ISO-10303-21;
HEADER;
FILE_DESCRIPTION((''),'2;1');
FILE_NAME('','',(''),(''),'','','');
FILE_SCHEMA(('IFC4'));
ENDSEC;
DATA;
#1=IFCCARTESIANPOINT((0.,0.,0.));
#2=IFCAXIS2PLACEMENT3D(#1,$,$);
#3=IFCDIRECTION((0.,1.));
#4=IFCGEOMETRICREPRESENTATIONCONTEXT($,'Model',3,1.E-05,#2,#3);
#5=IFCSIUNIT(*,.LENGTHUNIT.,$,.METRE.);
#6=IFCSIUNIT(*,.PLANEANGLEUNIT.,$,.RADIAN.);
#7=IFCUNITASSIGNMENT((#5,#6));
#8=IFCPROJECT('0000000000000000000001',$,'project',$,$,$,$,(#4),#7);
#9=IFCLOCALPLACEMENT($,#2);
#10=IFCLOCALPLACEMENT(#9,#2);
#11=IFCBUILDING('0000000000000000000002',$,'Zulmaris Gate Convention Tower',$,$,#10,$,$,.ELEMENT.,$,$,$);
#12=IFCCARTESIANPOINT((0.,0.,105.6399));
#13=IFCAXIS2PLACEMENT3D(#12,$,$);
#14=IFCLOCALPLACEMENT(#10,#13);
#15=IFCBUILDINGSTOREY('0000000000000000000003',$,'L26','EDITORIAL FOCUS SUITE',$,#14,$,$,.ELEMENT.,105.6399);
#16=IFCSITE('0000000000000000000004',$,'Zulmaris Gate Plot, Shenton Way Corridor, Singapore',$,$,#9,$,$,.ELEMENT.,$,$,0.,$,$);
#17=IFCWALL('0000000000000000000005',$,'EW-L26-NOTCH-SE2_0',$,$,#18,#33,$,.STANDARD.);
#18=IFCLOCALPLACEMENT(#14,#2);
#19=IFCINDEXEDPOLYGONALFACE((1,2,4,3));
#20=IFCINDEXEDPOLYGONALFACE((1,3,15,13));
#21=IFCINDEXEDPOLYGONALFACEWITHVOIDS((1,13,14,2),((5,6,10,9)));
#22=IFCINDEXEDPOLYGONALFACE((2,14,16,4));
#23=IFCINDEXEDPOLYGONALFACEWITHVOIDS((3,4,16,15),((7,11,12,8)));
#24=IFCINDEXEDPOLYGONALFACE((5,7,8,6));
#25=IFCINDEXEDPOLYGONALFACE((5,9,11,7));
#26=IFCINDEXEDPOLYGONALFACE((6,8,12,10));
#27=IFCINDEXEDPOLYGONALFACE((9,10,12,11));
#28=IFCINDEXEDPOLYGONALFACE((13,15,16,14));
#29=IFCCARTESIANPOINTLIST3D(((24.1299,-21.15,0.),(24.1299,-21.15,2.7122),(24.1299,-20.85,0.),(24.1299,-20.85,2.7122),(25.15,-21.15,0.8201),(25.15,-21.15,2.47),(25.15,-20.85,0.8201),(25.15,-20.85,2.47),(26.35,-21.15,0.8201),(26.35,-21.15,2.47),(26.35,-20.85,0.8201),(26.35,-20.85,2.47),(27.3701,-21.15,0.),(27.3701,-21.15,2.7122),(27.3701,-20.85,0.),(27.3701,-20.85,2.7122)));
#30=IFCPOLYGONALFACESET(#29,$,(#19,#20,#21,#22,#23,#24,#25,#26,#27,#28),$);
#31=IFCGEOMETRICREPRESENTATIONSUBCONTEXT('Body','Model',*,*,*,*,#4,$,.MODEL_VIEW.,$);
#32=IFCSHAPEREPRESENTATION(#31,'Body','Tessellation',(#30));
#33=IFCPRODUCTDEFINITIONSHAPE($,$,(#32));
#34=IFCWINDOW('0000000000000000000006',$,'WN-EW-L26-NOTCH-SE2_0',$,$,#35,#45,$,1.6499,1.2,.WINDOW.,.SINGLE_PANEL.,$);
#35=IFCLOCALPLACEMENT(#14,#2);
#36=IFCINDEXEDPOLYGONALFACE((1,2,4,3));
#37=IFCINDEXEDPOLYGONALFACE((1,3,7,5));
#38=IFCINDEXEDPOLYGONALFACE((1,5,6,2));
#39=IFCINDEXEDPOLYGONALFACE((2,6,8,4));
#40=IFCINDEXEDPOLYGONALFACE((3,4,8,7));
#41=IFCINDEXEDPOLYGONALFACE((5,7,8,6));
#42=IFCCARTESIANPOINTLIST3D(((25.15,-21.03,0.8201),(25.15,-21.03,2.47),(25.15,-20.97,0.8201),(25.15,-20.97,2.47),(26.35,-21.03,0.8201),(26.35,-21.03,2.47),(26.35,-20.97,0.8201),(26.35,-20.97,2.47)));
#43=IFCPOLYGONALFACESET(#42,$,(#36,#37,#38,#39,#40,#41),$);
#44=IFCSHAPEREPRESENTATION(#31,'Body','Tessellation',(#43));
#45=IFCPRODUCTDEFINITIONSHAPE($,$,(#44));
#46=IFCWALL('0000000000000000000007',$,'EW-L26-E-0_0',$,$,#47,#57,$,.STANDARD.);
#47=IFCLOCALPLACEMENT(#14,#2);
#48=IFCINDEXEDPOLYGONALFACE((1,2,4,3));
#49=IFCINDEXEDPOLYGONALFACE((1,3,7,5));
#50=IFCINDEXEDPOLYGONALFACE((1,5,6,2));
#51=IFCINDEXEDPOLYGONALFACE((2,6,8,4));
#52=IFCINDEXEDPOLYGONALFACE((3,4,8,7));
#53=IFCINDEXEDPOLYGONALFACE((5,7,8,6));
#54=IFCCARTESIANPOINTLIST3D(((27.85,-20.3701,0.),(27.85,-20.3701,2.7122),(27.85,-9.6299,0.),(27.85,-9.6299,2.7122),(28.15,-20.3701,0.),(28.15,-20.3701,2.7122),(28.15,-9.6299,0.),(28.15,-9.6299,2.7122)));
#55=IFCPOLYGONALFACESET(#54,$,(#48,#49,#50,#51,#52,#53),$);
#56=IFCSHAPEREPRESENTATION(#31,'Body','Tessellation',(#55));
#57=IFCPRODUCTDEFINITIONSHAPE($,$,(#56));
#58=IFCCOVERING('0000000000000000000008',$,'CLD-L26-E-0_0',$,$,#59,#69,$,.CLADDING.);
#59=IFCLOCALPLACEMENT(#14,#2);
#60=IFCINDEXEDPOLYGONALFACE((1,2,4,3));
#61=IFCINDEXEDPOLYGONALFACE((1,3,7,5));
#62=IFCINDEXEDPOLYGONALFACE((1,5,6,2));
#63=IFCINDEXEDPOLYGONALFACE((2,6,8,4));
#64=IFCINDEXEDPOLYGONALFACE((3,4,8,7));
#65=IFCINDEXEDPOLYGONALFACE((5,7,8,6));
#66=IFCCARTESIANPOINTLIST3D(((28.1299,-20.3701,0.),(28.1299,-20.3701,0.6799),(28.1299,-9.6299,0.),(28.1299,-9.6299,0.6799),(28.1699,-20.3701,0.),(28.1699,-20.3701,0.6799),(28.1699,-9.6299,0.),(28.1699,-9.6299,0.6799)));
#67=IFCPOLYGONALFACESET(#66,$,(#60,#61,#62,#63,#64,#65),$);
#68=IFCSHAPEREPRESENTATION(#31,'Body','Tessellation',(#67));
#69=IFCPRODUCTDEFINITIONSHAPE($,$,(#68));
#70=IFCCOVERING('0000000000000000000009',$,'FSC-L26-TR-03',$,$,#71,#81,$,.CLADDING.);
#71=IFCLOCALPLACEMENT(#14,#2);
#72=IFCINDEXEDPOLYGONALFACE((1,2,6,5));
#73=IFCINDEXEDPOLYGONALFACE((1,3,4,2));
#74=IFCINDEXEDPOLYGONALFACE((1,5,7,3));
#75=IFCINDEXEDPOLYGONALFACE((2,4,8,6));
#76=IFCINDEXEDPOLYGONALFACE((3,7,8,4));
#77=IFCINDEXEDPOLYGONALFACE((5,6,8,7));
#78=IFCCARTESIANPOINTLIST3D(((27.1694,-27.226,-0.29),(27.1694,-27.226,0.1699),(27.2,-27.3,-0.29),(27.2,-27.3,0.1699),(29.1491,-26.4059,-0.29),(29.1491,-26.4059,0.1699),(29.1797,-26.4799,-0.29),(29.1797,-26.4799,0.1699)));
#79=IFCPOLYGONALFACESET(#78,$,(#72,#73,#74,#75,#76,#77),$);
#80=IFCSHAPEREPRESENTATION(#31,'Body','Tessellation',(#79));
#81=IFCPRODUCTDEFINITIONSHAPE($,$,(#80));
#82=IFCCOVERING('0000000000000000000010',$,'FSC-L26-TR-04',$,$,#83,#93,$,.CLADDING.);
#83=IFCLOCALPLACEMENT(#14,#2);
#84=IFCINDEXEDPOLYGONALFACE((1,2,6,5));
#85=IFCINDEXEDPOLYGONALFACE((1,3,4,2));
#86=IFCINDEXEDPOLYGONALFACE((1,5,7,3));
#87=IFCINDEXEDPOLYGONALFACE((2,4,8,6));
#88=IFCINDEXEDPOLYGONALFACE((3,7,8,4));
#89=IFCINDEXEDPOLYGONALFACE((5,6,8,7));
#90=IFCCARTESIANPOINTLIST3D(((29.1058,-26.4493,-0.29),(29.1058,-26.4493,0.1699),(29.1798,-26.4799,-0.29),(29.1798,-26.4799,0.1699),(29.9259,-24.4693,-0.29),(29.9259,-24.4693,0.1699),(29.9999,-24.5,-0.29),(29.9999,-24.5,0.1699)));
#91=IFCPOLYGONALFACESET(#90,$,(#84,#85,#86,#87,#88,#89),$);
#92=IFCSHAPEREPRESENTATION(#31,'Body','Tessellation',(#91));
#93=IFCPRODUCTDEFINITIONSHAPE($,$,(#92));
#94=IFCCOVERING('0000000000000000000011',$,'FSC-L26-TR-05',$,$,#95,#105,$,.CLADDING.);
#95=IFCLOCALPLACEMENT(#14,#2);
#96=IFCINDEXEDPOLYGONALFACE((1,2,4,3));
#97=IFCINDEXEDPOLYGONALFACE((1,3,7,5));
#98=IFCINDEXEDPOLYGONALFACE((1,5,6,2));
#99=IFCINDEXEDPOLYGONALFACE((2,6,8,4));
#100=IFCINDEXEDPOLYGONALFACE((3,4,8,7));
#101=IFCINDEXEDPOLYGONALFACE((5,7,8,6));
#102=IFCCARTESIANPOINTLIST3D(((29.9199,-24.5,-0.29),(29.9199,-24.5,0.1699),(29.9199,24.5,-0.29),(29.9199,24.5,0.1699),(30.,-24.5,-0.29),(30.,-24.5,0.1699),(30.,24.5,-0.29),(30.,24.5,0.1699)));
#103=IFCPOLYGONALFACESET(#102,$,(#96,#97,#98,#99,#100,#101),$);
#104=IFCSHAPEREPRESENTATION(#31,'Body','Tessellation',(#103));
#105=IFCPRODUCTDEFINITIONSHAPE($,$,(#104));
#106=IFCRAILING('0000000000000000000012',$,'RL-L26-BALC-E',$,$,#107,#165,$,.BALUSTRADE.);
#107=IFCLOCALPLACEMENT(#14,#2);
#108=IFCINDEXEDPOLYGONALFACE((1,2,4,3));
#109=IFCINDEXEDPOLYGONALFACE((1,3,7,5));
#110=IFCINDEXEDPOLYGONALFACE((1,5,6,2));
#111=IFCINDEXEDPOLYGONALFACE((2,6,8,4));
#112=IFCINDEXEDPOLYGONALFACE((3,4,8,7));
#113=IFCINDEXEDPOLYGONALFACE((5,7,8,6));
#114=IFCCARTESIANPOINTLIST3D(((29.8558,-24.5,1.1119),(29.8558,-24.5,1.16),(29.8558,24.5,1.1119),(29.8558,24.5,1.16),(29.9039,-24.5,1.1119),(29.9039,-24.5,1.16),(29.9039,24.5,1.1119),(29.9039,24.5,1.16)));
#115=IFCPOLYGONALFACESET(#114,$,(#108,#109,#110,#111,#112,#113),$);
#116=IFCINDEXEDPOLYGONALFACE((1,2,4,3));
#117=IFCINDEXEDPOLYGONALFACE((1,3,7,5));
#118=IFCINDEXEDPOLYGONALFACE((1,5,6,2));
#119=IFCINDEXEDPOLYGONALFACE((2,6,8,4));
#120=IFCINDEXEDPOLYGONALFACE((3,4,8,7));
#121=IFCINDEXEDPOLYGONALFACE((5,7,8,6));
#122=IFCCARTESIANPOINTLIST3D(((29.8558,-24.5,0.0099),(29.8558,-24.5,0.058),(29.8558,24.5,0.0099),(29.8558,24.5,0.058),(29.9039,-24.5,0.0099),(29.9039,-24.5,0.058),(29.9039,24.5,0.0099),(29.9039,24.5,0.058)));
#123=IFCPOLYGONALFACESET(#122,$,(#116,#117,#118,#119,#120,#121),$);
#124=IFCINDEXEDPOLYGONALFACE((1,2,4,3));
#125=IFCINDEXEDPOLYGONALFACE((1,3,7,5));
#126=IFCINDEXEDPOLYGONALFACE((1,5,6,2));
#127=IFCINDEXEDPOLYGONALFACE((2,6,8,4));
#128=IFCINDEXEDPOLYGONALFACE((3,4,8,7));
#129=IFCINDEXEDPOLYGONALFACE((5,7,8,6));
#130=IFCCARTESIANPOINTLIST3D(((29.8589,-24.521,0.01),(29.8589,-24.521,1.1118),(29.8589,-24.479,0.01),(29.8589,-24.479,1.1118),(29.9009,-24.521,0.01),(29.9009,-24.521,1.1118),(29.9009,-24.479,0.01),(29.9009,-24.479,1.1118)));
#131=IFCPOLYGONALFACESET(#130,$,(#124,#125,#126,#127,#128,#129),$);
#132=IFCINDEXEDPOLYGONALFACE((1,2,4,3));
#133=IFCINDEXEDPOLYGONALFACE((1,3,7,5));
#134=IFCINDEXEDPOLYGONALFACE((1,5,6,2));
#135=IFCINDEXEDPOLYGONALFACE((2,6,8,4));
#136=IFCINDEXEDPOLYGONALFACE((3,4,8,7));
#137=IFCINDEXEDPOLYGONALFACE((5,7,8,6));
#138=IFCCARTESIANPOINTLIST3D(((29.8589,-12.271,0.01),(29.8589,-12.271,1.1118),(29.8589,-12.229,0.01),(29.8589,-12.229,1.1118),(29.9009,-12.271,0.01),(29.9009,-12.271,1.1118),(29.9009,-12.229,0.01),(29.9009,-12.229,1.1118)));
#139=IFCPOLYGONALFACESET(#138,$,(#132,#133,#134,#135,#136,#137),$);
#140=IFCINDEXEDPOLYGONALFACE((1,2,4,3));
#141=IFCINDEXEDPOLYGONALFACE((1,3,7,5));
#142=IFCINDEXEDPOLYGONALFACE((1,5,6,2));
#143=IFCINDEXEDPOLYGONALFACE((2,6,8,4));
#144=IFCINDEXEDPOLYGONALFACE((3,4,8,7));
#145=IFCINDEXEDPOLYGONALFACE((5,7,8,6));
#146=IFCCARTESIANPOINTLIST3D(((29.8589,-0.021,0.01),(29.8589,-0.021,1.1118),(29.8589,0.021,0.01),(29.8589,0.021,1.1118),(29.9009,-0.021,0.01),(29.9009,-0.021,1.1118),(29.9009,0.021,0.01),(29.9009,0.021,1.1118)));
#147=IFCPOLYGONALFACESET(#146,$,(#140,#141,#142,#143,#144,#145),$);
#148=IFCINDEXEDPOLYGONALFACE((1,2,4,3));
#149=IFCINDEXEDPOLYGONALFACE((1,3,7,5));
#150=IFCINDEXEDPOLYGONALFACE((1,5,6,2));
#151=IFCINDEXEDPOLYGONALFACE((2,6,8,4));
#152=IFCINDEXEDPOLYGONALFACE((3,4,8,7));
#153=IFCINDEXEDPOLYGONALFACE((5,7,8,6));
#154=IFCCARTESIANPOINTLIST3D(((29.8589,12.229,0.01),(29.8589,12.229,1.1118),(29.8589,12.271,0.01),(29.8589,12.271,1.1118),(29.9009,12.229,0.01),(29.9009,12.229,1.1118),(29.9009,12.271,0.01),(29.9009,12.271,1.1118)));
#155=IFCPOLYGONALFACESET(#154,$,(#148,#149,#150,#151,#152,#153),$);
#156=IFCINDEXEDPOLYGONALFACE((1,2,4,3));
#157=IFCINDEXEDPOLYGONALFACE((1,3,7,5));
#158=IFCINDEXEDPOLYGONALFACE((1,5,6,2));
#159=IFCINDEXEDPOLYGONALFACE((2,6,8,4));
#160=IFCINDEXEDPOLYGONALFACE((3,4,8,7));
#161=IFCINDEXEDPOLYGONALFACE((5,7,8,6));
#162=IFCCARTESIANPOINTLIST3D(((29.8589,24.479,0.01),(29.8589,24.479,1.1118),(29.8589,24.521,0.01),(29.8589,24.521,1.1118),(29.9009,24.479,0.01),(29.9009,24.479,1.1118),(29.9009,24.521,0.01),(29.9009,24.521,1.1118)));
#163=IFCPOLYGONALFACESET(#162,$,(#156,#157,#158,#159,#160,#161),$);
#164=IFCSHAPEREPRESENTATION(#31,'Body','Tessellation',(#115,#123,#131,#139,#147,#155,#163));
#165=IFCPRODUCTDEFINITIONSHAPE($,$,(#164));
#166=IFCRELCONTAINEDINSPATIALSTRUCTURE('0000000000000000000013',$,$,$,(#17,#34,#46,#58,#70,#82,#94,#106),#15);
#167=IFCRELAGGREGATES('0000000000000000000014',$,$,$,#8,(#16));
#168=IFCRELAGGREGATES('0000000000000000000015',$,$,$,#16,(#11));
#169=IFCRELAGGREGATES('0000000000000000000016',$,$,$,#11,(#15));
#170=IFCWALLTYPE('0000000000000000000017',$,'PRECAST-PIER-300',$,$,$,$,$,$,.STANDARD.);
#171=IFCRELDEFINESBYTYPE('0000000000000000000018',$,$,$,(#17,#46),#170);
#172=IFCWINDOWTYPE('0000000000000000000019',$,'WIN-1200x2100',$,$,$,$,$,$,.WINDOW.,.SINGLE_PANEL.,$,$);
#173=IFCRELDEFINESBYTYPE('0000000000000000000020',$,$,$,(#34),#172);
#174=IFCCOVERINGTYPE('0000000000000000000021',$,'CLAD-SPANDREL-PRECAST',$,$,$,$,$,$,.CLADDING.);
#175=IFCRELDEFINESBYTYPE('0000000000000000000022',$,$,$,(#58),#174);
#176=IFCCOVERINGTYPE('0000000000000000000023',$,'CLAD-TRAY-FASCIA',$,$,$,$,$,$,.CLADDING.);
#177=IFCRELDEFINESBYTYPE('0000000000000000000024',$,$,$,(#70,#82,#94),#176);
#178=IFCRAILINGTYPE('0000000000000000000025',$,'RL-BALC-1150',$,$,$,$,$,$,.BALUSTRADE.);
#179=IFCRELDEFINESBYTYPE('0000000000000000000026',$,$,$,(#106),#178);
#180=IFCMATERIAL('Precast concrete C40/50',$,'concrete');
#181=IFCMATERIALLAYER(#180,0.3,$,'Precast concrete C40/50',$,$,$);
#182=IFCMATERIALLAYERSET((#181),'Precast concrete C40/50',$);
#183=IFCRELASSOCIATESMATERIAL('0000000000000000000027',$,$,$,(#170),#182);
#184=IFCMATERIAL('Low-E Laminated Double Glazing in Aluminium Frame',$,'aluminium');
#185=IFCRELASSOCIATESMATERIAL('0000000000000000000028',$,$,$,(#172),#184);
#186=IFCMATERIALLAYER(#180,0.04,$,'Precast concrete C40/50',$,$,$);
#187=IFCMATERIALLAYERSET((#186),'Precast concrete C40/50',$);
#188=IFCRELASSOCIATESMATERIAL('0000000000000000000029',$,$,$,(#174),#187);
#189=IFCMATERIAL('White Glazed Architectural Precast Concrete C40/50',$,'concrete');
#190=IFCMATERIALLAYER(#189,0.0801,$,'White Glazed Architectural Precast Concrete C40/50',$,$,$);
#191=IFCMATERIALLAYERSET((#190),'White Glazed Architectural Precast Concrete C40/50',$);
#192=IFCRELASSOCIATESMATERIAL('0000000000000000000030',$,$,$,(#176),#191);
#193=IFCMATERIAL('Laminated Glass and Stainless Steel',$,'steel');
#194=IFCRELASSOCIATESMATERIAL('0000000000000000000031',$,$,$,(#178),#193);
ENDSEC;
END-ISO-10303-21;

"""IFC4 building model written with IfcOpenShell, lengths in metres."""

from ifc_helpers import new_model, si_unit, direction, frame, frame_2d, origin, origin_2d, place, context, subcontext, project, spatial, rectangle, extrude, material, layer, layer_set, type_object, element, fill, save


model = new_model("IFC4")

# Units and contexts
model_context = context("Model", 3, precision=1e-05, world=origin(), true_north=direction((0.0, 1.0)))
body_context = subcontext(model_context, "Body", "Model", "MODEL_VIEW")
ifc_project = project(units=[si_unit("LENGTHUNIT", "METRE"), si_unit("PLANEANGLEUNIT", "RADIAN")], contexts=[model_context])

# Site, building, storey
site_placement = place(None, origin())
site = spatial("IfcSite", under=ifc_project, at=site_placement, Name="Zulmaris Gate Plot, Shenton Way Corridor, Singapore", CompositionType="ELEMENT", RefElevation=0.0)
building_placement = place(site_placement, origin())
building = spatial("IfcBuilding", under=site, at=building_placement, Name="Zulmaris Gate Convention Tower", CompositionType="ELEMENT")
storey_placement = place(building_placement, frame((0.0, 0.0, 105.6399)))
storey = spatial("IfcBuildingStorey", under=building, at=storey_placement, Name="L26", Description="EDITORIAL FOCUS SUITE", CompositionType="ELEMENT", Elevation=105.6399)

# Wall, opening, window
ifc_material_1 = material(Name="Precast concrete C40/50", Category="concrete")
ifc_layer_1 = layer(ifc_material_1, 0.3, Name="Precast concrete C40/50")
ifc_layer_set_1 = layer_set([ifc_layer_1], Name="Precast concrete C40/50")
wall_type_1 = type_object("IfcWallType", Name="PRECAST-PIER-300", PredefinedType="STANDARD", material=ifc_layer_set_1)
ifc_material_2 = material(Name="Low-E Laminated Double Glazing in Aluminium Frame", Category="aluminium")
window_type = type_object("IfcWindowType", Name="WIN-1200x2100", PartitioningType="SINGLE_PANEL", PredefinedType="WINDOW", material=ifc_material_2)
wall_1_placement = place(storey_placement, frame((24.1299, -21.0, 0.0), z_axis=(0.0, 0.0, 1.0), x_axis=(1.0, 0.0, 0.0)))
wall_1 = element("IfcWall", 1, at=wall_1_placement, inside=storey, type_object=wall_type_1, Name="EW-L26-NOTCH-SE2_0", PredefinedType="STANDARD", context=body_context, shape_type="SweptSolid", body=[
    extrude(rectangle(XDim=3.2402, YDim=0.3, at=frame_2d((1.6201, 0.0))), origin(), (0.0, 0.0, 1.0), 2.7122),
])
opening_1_placement = place(wall_1_placement, frame((1.02, 0.0, 0.8201)))
opening_1 = element("IfcOpeningElement", 2, at=opening_1_placement, cuts=wall_1, PredefinedType="OPENING", context=body_context, shape_type="SweptSolid", body=[
    extrude(rectangle(XDim=1.2, YDim=1.6499, at=frame_2d((0.6001, 0.825))), frame((0.0, 0.1602, 0.0), z_axis=(0.0, -1.0, 0.0), x_axis=(1.0, 0.0, 0.0)), (0.0, 0.0, 1.0), 0.3201),
])
window_1_placement = place(opening_1_placement, origin())
window_1 = element("IfcWindow", 3, at=window_1_placement, inside=storey, type_object=window_type, Name="WN-EW-L26-NOTCH-SE2_0", OverallHeight=1.6499, OverallWidth=1.2, PartitioningType="SINGLE_PANEL", PredefinedType="WINDOW", context=body_context, shape_type="SweptSolid", body=[
    extrude(rectangle(XDim=1.2, YDim=1.6499, at=frame_2d((0.6001, 0.825))), frame((0.0, 0.03, 0.0), z_axis=(0.0, -1.0, 0.0), x_axis=(1.0, 0.0, 0.0)), (0.0, 0.0, 1.0), 0.0601),
])
fill(opening_1, window_1)

# Wall
wall_2_placement = place(storey_placement, frame((28.0, -20.3701, 0.0), z_axis=(0.0, 0.0, 1.0), x_axis=(0.0, 1.0, 0.0)))
element("IfcWall", 4, at=wall_2_placement, inside=storey, type_object=wall_type_1, Name="EW-L26-E-0_0", PredefinedType="STANDARD", context=body_context, shape_type="SweptSolid", body=[
    extrude(rectangle(XDim=10.7402, YDim=0.3, at=frame_2d((5.3701, 0.0))), origin(), (0.0, 0.0, 1.0), 2.7122),
])

# Coverings
ifc_layer_2 = layer(ifc_material_1, 0.04, Name="Precast concrete C40/50")
ifc_layer_set_2 = layer_set([ifc_layer_2], Name="Precast concrete C40/50")
covering_type_1 = type_object("IfcCoveringType", Name="CLAD-SPANDREL-PRECAST", PredefinedType="CLADDING", material=ifc_layer_set_2)
covering_1_placement = place(storey_placement, frame((28.1499, -20.3701, 0.0), z_axis=(0.0, 0.0, 1.0), x_axis=(0.0, 1.0, 0.0)))
element("IfcCovering", 5, at=covering_1_placement, inside=storey, type_object=covering_type_1, Name="CLD-L26-E-0_0", PredefinedType="CLADDING", context=body_context, shape_type="SweptSolid", body=[
    extrude(rectangle(XDim=10.7402, YDim=0.04, at=frame_2d((5.3701, 0.0))), origin(), (0.0, 0.0, 1.0), 0.6799),
])
ifc_material_3 = material(Name="White Glazed Architectural Precast Concrete C40/50", Category="concrete")
ifc_layer_3 = layer(ifc_material_3, 0.0801, Name="White Glazed Architectural Precast Concrete C40/50")
ifc_layer_set_3 = layer_set([ifc_layer_3], Name="White Glazed Architectural Precast Concrete C40/50")
covering_type_2 = type_object("IfcCoveringType", Name="CLAD-TRAY-FASCIA", PredefinedType="CLADDING", material=ifc_layer_set_3)
covering_2_placement = place(storey_placement, frame((27.1848, -27.2629, -0.29), z_axis=(0.0, 0.0, 1.0), x_axis=(0.923874, 0.382697, 0.0)))
element("IfcCovering", 6, at=covering_2_placement, inside=storey, type_object=covering_type_2, Name="FSC-L26-TR-03", PredefinedType="CLADDING", context=body_context, shape_type="SweptSolid", body=[
    extrude(rectangle(XDim=2.1428, YDim=0.0801, at=frame_2d((1.0713, 0.0))), origin(), (0.0, 0.0, 1.0), 0.46),
])
covering_3_placement = place(storey_placement, frame((29.1428, -26.4646, -0.29), z_axis=(0.0, 0.0, 1.0), x_axis=(0.382657, 0.92389, 0.0)))
element("IfcCovering", 7, at=covering_3_placement, inside=storey, type_object=covering_type_2, Name="FSC-L26-TR-04", PredefinedType="CLADDING", context=body_context, shape_type="SweptSolid", body=[
    extrude(rectangle(XDim=2.1431, YDim=0.0801, at=frame_2d((1.0715, 0.0))), origin(), (0.0, 0.0, 1.0), 0.46),
])
covering_4_placement = place(storey_placement, frame((29.96, -24.5, -0.29), z_axis=(0.0, 0.0, 1.0), x_axis=(0.0, 1.0, 0.0)))
element("IfcCovering", 8, at=covering_4_placement, inside=storey, type_object=covering_type_2, Name="FSC-L26-TR-05", PredefinedType="CLADDING", context=body_context, shape_type="SweptSolid", body=[
    extrude(rectangle(XDim=49.0, YDim=0.0801, at=frame_2d((24.5, 0.0))), origin(), (0.0, 0.0, 1.0), 0.46),
])

# Railing
ifc_material_4 = material(Name="Laminated Glass and Stainless Steel", Category="steel")
railing_type = type_object("IfcRailingType", Name="RL-BALC-1150", PredefinedType="BALUSTRADE", material=ifc_material_4)
railing_placement = place(storey_placement, frame((29.8799, -24.5, 0.01)))
element("IfcRailing", 9, at=railing_placement, inside=storey, type_object=railing_type, Name="RL-L26-BALC-E", PredefinedType="BALUSTRADE", context=body_context, shape_type="SweptSolid", body=[
    extrude(rectangle(XDim=0.0481, YDim=0.0481, at=origin_2d()), frame((0.0, 0.0, 1.126), z_axis=(0.0, 1.0, 0.0), x_axis=(-1.0, 0.0, 0.0)), (0.0, 0.0, 1.0), 49.0),
    extrude(rectangle(XDim=0.0481, YDim=0.0481, at=origin_2d()), frame((0.0, 0.0, 0.0239), z_axis=(0.0, 1.0, 0.0), x_axis=(-1.0, 0.0, 0.0)), (0.0, 0.0, 1.0), 49.0),
    extrude(rectangle(XDim=0.042, YDim=0.042, at=origin_2d()), origin(), (0.0, 0.0, 1.0), 1.1018),
    extrude(rectangle(XDim=0.042, YDim=0.042, at=origin_2d()), frame((0.0, 12.25, 0.0)), (0.0, 0.0, 1.0), 1.1018),
    extrude(rectangle(XDim=0.042, YDim=0.042, at=origin_2d()), frame((0.0, 24.5, 0.0)), (0.0, 0.0, 1.0), 1.1018),
    extrude(rectangle(XDim=0.042, YDim=0.042, at=origin_2d()), frame((0.0, 36.75, 0.0)), (0.0, 0.0, 1.0), 1.1018),
    extrude(rectangle(XDim=0.042, YDim=0.042, at=origin_2d()), frame((0.0, 49.0, 0.0)), (0.0, 0.0, 1.0), 1.1018),
])

save(model, "model.ifc")
